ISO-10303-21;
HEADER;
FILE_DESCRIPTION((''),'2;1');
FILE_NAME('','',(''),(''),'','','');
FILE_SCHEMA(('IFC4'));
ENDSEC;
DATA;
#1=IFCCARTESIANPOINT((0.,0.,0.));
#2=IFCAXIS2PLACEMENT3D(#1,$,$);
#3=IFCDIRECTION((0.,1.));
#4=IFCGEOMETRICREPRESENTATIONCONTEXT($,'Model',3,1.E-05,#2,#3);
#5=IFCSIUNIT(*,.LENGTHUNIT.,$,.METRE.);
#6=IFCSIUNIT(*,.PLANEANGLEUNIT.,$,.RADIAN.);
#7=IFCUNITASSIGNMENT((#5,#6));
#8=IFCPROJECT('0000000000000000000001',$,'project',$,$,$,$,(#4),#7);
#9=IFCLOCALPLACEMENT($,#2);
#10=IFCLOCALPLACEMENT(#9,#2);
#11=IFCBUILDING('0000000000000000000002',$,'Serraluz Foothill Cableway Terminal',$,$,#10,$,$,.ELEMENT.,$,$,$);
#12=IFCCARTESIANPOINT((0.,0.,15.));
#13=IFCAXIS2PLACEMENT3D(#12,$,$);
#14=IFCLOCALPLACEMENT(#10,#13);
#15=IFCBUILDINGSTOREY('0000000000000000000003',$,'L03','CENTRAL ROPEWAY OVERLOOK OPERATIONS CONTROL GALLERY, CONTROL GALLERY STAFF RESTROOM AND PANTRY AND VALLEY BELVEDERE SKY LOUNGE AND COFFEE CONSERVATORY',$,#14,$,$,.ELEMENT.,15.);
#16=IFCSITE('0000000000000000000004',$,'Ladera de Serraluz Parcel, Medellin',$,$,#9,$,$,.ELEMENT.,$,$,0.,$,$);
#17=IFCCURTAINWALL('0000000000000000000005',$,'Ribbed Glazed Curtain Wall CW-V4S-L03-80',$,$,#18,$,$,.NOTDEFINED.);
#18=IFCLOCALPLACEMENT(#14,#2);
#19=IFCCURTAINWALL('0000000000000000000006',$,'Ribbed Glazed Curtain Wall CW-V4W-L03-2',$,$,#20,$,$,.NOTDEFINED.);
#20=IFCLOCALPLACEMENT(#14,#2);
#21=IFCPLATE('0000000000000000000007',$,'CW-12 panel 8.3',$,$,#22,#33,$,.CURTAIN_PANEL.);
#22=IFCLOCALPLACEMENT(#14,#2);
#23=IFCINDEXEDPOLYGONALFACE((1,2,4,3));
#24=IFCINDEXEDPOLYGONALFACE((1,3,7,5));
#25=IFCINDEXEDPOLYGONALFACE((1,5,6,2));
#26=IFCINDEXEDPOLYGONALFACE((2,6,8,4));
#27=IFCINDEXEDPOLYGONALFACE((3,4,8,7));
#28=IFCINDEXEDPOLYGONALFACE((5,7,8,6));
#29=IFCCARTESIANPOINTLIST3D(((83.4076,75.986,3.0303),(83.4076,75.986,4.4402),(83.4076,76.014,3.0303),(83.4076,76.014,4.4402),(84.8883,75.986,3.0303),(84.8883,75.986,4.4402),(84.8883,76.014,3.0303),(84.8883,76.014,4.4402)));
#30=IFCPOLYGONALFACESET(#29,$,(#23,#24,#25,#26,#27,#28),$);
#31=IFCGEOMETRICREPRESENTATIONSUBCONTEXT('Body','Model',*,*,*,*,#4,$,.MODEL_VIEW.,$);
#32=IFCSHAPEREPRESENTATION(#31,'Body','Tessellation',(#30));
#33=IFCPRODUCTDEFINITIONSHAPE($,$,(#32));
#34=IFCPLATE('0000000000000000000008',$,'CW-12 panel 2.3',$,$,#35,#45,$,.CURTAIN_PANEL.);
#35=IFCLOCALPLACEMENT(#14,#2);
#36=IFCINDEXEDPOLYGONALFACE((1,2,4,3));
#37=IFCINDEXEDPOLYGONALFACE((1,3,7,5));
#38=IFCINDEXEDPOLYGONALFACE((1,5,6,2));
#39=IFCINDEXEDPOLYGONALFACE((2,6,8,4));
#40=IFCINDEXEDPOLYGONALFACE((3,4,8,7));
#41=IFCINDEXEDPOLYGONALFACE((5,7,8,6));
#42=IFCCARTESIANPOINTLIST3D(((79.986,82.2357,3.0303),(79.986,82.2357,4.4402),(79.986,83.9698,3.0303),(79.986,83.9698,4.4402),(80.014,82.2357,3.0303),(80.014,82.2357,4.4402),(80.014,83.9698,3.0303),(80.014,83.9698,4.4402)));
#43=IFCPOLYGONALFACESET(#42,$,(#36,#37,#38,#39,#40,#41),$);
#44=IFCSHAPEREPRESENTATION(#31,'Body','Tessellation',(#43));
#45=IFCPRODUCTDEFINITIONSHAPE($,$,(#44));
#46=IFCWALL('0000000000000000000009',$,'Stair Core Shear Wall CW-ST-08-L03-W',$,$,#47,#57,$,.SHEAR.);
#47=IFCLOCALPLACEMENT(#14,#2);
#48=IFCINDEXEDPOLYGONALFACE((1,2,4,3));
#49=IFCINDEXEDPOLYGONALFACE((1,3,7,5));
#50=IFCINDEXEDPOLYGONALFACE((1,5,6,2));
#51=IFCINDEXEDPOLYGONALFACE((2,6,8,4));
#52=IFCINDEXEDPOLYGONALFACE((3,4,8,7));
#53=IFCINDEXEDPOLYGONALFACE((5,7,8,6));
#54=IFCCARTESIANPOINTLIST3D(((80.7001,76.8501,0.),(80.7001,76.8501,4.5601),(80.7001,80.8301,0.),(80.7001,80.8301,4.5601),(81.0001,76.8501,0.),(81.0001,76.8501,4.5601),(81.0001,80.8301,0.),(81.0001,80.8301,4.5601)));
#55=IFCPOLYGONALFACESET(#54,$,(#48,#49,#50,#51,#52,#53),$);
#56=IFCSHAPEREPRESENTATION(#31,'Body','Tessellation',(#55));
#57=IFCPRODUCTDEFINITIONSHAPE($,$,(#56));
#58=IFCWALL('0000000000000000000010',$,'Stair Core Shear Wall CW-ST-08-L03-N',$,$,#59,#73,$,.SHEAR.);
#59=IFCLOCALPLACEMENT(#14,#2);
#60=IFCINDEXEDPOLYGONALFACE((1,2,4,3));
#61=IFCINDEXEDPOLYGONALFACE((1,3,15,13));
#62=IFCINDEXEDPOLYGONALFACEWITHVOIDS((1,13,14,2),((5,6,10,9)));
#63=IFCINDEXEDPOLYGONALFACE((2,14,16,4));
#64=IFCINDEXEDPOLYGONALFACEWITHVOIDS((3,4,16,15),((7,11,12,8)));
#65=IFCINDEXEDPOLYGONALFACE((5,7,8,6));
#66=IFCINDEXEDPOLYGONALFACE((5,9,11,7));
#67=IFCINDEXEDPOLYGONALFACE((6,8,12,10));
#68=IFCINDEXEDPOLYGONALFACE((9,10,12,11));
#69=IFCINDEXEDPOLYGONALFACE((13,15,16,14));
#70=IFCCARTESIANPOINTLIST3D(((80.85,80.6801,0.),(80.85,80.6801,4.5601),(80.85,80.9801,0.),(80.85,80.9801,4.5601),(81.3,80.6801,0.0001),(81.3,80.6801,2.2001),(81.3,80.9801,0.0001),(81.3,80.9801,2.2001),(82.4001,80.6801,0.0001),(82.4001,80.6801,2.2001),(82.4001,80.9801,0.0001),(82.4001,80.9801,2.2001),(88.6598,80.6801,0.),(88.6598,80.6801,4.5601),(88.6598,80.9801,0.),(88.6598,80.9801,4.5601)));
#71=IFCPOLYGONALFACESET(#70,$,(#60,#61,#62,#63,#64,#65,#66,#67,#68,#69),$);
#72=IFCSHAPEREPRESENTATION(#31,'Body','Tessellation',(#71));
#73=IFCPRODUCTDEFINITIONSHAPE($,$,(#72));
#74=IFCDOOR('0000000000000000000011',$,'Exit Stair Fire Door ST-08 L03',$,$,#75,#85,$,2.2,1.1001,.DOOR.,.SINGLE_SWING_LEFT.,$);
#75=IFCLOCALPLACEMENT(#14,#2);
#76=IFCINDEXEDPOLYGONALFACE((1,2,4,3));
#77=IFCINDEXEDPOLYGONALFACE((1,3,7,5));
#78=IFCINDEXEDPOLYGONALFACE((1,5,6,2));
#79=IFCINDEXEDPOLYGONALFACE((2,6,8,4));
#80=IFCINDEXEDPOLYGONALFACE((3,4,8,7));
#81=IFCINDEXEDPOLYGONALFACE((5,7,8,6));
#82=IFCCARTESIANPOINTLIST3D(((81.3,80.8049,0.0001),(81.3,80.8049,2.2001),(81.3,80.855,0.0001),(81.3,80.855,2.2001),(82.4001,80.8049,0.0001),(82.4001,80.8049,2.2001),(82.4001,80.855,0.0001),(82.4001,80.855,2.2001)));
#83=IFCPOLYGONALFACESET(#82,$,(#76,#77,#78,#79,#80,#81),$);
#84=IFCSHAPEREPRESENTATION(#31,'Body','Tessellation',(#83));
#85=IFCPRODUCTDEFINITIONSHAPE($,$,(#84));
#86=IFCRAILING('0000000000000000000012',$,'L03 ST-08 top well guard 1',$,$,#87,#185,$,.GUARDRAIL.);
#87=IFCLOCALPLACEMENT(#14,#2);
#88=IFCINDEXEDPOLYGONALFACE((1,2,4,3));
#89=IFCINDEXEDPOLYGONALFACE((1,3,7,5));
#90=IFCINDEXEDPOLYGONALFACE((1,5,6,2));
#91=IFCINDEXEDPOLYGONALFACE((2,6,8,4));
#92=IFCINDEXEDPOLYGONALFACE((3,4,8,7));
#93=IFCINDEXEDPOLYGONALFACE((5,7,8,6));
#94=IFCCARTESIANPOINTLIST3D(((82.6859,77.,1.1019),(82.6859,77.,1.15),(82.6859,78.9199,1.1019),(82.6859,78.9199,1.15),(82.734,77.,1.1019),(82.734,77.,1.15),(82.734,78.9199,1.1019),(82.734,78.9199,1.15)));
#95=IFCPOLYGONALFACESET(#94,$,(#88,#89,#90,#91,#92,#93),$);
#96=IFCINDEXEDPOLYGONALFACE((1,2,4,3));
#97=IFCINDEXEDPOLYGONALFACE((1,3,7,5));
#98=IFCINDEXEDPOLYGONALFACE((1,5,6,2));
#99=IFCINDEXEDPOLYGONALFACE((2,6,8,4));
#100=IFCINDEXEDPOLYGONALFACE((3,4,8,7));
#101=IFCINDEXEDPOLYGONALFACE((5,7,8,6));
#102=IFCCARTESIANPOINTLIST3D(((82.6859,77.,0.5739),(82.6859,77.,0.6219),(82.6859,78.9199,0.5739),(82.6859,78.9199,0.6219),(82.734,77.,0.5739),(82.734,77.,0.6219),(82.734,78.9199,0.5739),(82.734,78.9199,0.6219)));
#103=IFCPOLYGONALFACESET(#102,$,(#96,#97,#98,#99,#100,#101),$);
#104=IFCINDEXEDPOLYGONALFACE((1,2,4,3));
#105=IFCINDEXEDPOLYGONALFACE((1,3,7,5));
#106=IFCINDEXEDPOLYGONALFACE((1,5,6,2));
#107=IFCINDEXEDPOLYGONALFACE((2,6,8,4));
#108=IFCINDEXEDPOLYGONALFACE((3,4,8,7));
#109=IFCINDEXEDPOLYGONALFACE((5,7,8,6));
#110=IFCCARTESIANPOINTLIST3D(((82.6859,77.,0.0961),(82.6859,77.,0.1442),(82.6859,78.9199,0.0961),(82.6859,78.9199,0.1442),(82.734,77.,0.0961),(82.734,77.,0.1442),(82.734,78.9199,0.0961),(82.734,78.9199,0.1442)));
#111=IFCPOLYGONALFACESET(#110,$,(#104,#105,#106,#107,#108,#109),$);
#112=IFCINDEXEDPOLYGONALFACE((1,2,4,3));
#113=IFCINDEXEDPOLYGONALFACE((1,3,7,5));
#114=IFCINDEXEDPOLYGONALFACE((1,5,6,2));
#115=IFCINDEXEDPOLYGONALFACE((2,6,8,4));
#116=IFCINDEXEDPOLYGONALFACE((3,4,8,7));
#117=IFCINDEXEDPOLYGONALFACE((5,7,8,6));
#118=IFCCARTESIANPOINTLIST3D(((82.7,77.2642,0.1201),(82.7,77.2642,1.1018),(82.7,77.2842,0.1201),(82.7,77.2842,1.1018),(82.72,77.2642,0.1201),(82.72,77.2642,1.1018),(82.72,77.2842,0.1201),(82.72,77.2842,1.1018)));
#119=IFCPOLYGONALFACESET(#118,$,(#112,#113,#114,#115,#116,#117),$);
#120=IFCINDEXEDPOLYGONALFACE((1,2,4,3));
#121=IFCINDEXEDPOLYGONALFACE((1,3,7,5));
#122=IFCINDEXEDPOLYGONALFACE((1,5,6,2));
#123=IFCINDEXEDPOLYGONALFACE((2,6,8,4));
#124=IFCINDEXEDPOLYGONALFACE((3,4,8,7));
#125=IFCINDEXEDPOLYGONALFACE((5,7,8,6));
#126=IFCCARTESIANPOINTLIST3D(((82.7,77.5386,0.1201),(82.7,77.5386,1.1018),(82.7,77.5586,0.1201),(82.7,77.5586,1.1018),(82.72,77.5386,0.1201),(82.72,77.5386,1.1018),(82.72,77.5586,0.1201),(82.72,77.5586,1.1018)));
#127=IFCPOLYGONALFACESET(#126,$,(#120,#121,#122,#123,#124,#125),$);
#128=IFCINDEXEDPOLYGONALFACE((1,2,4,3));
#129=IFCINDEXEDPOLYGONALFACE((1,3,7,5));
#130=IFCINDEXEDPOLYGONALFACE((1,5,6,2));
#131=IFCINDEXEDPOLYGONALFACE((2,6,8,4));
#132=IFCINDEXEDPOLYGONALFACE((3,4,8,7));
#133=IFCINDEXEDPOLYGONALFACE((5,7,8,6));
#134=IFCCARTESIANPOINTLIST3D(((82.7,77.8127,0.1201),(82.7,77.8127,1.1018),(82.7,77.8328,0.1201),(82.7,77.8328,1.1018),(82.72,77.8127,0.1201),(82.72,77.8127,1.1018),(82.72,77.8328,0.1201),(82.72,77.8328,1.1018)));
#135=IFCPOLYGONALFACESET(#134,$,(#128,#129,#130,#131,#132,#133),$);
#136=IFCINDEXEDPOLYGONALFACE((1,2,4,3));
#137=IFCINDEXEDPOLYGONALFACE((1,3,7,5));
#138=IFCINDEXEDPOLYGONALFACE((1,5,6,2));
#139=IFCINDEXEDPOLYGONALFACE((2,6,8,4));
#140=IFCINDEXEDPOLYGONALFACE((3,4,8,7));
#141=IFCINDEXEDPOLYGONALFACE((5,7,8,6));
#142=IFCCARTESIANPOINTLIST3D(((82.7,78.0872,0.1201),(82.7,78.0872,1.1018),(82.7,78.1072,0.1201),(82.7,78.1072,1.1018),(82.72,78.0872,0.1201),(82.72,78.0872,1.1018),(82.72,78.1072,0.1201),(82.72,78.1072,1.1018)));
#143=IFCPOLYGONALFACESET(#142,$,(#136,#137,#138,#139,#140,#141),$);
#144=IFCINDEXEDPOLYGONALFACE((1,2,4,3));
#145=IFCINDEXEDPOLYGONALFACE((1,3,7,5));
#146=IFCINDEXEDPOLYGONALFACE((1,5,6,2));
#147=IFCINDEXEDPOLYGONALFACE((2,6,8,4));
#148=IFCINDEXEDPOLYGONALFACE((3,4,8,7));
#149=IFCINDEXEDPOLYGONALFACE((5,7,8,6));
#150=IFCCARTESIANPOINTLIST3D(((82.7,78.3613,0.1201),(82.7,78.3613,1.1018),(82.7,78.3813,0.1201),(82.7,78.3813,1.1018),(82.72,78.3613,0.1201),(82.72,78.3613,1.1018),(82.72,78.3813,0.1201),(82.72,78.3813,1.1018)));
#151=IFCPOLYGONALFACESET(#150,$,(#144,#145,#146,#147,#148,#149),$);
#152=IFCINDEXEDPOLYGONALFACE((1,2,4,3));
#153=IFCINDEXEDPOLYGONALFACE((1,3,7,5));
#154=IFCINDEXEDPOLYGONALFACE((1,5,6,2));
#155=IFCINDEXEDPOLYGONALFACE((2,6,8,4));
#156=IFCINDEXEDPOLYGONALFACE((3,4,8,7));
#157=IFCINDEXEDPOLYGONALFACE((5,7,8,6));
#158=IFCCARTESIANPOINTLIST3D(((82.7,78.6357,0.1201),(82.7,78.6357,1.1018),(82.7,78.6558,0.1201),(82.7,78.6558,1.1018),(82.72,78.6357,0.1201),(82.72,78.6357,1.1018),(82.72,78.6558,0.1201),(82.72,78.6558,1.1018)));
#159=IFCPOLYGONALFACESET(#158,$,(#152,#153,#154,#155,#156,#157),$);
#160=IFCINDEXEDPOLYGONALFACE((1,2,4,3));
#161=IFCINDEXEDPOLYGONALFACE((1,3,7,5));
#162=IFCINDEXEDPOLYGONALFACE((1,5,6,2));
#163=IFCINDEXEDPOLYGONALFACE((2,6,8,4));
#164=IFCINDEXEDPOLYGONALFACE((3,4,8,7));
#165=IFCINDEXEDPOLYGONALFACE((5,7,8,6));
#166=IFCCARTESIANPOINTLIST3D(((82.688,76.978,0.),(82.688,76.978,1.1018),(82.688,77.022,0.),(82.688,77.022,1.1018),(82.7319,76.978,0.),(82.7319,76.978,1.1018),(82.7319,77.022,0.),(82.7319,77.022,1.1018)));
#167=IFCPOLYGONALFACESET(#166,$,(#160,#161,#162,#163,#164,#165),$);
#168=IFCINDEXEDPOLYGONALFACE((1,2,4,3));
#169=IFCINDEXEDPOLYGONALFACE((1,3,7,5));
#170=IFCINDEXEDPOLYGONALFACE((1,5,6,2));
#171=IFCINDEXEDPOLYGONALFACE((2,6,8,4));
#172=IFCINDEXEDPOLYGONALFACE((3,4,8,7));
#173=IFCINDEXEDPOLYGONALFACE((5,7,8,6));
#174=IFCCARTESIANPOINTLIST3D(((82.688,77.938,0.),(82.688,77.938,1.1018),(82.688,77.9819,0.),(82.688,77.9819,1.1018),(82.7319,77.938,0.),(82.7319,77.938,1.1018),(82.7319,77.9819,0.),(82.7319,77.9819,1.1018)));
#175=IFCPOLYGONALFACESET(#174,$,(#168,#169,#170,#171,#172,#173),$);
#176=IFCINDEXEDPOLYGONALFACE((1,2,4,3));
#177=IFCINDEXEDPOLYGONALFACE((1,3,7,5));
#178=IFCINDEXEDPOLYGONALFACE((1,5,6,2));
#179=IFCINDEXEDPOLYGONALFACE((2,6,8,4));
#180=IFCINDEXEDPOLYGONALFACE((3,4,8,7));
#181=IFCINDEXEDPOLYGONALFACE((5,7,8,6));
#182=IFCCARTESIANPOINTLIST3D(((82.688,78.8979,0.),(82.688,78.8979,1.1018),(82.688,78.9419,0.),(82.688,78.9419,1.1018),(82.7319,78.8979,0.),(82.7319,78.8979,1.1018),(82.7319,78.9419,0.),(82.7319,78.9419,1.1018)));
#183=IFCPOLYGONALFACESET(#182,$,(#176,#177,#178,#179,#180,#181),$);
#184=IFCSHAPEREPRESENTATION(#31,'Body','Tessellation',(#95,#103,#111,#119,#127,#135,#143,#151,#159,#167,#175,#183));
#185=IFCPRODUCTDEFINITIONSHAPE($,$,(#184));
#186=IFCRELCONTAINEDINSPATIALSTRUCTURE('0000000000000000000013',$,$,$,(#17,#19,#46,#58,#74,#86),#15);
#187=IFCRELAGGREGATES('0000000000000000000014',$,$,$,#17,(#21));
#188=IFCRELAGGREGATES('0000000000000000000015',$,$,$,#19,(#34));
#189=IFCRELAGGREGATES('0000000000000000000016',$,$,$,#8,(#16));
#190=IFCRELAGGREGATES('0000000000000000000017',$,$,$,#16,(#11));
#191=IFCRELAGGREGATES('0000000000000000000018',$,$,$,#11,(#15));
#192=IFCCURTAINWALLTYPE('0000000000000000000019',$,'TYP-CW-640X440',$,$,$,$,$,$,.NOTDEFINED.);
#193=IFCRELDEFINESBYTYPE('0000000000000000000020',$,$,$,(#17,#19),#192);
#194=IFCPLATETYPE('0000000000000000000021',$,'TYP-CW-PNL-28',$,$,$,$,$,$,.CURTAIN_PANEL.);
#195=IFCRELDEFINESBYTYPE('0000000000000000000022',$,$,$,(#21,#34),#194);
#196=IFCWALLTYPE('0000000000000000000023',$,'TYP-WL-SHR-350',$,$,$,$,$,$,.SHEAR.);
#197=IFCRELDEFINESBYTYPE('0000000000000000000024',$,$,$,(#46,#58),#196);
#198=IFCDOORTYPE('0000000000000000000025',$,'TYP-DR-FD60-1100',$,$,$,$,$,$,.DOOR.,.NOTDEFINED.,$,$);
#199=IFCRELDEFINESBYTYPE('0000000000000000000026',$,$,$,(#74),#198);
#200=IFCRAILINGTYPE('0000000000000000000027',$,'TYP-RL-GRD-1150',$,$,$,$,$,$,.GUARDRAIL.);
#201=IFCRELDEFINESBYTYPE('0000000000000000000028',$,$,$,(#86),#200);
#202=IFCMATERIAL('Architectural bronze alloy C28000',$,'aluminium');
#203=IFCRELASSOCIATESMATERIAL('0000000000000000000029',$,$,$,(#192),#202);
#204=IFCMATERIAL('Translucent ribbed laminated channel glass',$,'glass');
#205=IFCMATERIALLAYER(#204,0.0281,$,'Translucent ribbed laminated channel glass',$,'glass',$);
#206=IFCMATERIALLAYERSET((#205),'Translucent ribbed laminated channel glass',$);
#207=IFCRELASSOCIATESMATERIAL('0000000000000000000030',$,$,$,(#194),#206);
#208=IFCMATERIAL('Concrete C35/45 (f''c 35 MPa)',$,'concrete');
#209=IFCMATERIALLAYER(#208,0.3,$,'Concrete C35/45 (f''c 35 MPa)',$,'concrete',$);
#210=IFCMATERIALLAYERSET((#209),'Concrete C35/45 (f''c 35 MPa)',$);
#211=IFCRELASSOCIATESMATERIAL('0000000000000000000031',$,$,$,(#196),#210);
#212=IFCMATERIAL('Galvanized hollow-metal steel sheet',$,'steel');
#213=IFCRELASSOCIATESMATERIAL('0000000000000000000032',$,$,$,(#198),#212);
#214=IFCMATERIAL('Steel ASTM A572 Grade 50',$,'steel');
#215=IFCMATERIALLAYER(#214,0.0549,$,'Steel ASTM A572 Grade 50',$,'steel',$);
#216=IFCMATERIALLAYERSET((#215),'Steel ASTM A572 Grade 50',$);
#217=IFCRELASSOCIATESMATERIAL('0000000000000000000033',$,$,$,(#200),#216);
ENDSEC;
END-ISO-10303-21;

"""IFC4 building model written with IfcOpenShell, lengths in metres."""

from ifc_helpers import new_model, si_unit, direction, frame, frame_2d, origin, origin_2d, place, context, subcontext, project, spatial, rectangle, extrude, material, layer, layer_set, type_object, element, fill, aggregate, save


model = new_model("IFC4")

# Units and contexts
model_context = context("Model", 3, precision=1e-05, world=origin(), true_north=direction((0.0, 1.0)))
body_context = subcontext(model_context, "Body", "Model", "MODEL_VIEW")
ifc_project = project(units=[si_unit("LENGTHUNIT", "METRE"), si_unit("PLANEANGLEUNIT", "RADIAN")], contexts=[model_context])

# Site, building, storey
site_placement = place(None, origin())
site = spatial("IfcSite", under=ifc_project, at=site_placement, Name="Ladera de Serraluz Parcel, Medellin", CompositionType="ELEMENT", RefElevation=0.0)
building_placement = place(site_placement, origin())
building = spatial("IfcBuilding", under=site, at=building_placement, Name="Serraluz Foothill Cableway Terminal", CompositionType="ELEMENT")
storey_placement = place(building_placement, frame((0.0, 0.0, 15.0)))
storey = spatial("IfcBuildingStorey", under=building, at=storey_placement, Name="L03", Description="CENTRAL ROPEWAY OVERLOOK OPERATIONS CONTROL GALLERY, CONTROL GALLERY STAFF RESTROOM AND PANTRY AND VALLEY BELVEDERE SKY LOUNGE AND COFFEE CONSERVATORY", CompositionType="ELEMENT", Elevation=15.0)

# Curtain wall
ifc_material_1 = material(Name="Architectural bronze alloy C28000", Category="aluminium")
curtain_wall_type = type_object("IfcCurtainWallType", Name="TYP-CW-640X440", PredefinedType="NOTDEFINED", material=ifc_material_1)
curtain_wall_1_placement = place(storey_placement, origin())
curtain_wall_1 = element("IfcCurtainWall", 1, at=curtain_wall_1_placement, inside=storey, type_object=curtain_wall_type, Name="Ribbed Glazed Curtain Wall CW-V4S-L03-80", PredefinedType="NOTDEFINED")

# Curtain wall
curtain_wall_2_placement = place(storey_placement, origin())
curtain_wall_2 = element("IfcCurtainWall", 2, at=curtain_wall_2_placement, inside=storey, type_object=curtain_wall_type, Name="Ribbed Glazed Curtain Wall CW-V4W-L03-2", PredefinedType="NOTDEFINED")

# Plates
ifc_material_2 = material(Name="Translucent ribbed laminated channel glass", Category="glass")
ifc_layer_1 = layer(ifc_material_2, 0.0281, Name="Translucent ribbed laminated channel glass", Category="glass")
ifc_layer_set_1 = layer_set([ifc_layer_1], Name="Translucent ribbed laminated channel glass")
plate_type = type_object("IfcPlateType", Name="TYP-CW-PNL-28", PredefinedType="CURTAIN_PANEL", material=ifc_layer_set_1)
plate_1_placement = place(storey_placement, frame((84.1479, 76.0, 3.0303), z_axis=(0.0, 0.0, 1.0), x_axis=(-1.0, 0.0, 0.0)))
plate_1 = element("IfcPlate", 3, at=plate_1_placement, type_object=plate_type, Name="CW-12 panel 8.3", PredefinedType="CURTAIN_PANEL", context=body_context, shape_type="SweptSolid", body=[
    extrude(rectangle(XDim=1.4807, YDim=0.0281, at=origin_2d()), origin(), (0.0, 0.0, 1.0), 1.4099),
])
aggregate(curtain_wall_1, [plate_1])
plate_2_placement = place(storey_placement, frame((80.0, 83.1028, 3.0303), z_axis=(0.0, 0.0, 1.0), x_axis=(0.0, 1.0, 0.0)))
plate_2 = element("IfcPlate", 4, at=plate_2_placement, type_object=plate_type, Name="CW-12 panel 2.3", PredefinedType="CURTAIN_PANEL", context=body_context, shape_type="SweptSolid", body=[
    extrude(rectangle(XDim=1.7341, YDim=0.0281, at=origin_2d()), origin(), (0.0, 0.0, 1.0), 1.4099),
])
aggregate(curtain_wall_2, [plate_2])

# Wall
ifc_material_3 = material(Name="Concrete C35/45 (f'c 35 MPa)", Category="concrete")
ifc_layer_2 = layer(ifc_material_3, 0.3, Name="Concrete C35/45 (f'c 35 MPa)", Category="concrete")
ifc_layer_set_2 = layer_set([ifc_layer_2], Name="Concrete C35/45 (f'c 35 MPa)")
wall_type = type_object("IfcWallType", Name="TYP-WL-SHR-350", PredefinedType="SHEAR", material=ifc_layer_set_2)
wall_1_placement = place(storey_placement, frame((80.8501, 76.8501, 0.0), z_axis=(0.0, 0.0, 1.0), x_axis=(0.0, 1.0, 0.0)))
element("IfcWall", 5, at=wall_1_placement, inside=storey, type_object=wall_type, Name="Stair Core Shear Wall CW-ST-08-L03-W", PredefinedType="SHEAR", context=body_context, shape_type="SweptSolid", body=[
    extrude(rectangle(XDim=3.98, YDim=0.3, at=frame_2d((1.99, 0.0))), origin(), (0.0, 0.0, 1.0), 4.5601),
])

# Wall, opening, door
wall_2_placement = place(storey_placement, frame((80.8501, 80.8301, 0.0), z_axis=(0.0, 0.0, 1.0), x_axis=(1.0, 0.0, 0.0)))
wall_2 = element("IfcWall", 6, at=wall_2_placement, inside=storey, type_object=wall_type, Name="Stair Core Shear Wall CW-ST-08-L03-N", PredefinedType="SHEAR", context=body_context, shape_type="SweptSolid", body=[
    extrude(rectangle(XDim=7.8098, YDim=0.3, at=frame_2d((3.9048, 0.0))), origin(), (0.0, 0.0, 1.0), 4.5601),
])
opening_placement = place(wall_2_placement, frame((0.45, 0.0, 0.0)))
opening = element("IfcOpeningElement", 7, at=opening_placement, cuts=wall_2, PredefinedType="OPENING", context=body_context, shape_type="SweptSolid", body=[
    extrude(rectangle(XDim=1.1001, YDim=2.2, at=frame_2d((0.55, 1.1001))), frame((0.0, 0.1602, 0.0), z_axis=(0.0, -1.0, 0.0), x_axis=(1.0, 0.0, 0.0)), (0.0, 0.0, 1.0), 0.3201),
])
ifc_material_4 = material(Name="Galvanized hollow-metal steel sheet", Category="steel")
door_type = type_object("IfcDoorType", Name="TYP-DR-FD60-1100", OperationType="NOTDEFINED", PredefinedType="DOOR", material=ifc_material_4)
door_placement = place(opening_placement, origin())
door = element("IfcDoor", 8, at=door_placement, inside=storey, type_object=door_type, Name="Exit Stair Fire Door ST-08 L03", OperationType="SINGLE_SWING_LEFT", OverallHeight=2.2, OverallWidth=1.1001, PredefinedType="DOOR", context=body_context, shape_type="SweptSolid", body=[
    extrude(rectangle(XDim=1.1001, YDim=2.2, at=frame_2d((0.55, 1.1001))), frame((0.0, 0.0249, 0.0), z_axis=(0.0, -1.0, 0.0), x_axis=(1.0, 0.0, 0.0)), (0.0, 0.0, 1.0), 0.05),
])
fill(opening, door)

# Railing
ifc_material_5 = material(Name="Steel ASTM A572 Grade 50", Category="steel")
ifc_layer_3 = layer(ifc_material_5, 0.0549, Name="Steel ASTM A572 Grade 50", Category="steel")
ifc_layer_set_3 = layer_set([ifc_layer_3], Name="Steel ASTM A572 Grade 50")
railing_type = type_object("IfcRailingType", Name="TYP-RL-GRD-1150", PredefinedType="GUARDRAIL", material=ifc_layer_set_3)
railing_placement = place(storey_placement, frame((82.71, 77.0, 0.0)))
element("IfcRailing", 9, at=railing_placement, inside=storey, type_object=railing_type, Name="L03 ST-08 top well guard 1", PredefinedType="GUARDRAIL", context=body_context, shape_type="SweptSolid", body=[
    extrude(rectangle(XDim=0.0481, YDim=0.0481, at=origin_2d()), frame((0.0, 0.0, 1.126), z_axis=(0.0, 1.0, 0.0), x_axis=(-1.0, 0.0, 0.0)), (0.0, 0.0, 1.0), 1.9199),
    extrude(rectangle(XDim=0.0481, YDim=0.0481, at=origin_2d()), frame((0.0, 0.0, 0.5979), z_axis=(0.0, 1.0, 0.0), x_axis=(-1.0, 0.0, 0.0)), (0.0, 0.0, 1.0), 1.9199),
    extrude(rectangle(XDim=0.0481, YDim=0.0481, at=origin_2d()), frame((0.0, 0.0, 0.1201), z_axis=(0.0, 1.0, 0.0), x_axis=(-1.0, 0.0, 0.0)), (0.0, 0.0, 1.0), 1.9199),
    extrude(rectangle(XDim=0.02, YDim=0.02, at=origin_2d()), frame((0.0, 0.2742, 0.1201)), (0.0, 0.0, 1.0), 0.9817),
    extrude(rectangle(XDim=0.02, YDim=0.02, at=origin_2d()), frame((0.0, 0.5486, 0.1201)), (0.0, 0.0, 1.0), 0.9817),
    extrude(rectangle(XDim=0.02, YDim=0.02, at=origin_2d()), frame((0.0, 0.8228, 0.1201)), (0.0, 0.0, 1.0), 0.9817),
    extrude(rectangle(XDim=0.02, YDim=0.02, at=origin_2d()), frame((0.0, 1.0972, 0.1201)), (0.0, 0.0, 1.0), 0.9817),
    extrude(rectangle(XDim=0.02, YDim=0.02, at=origin_2d()), frame((0.0, 1.3713, 0.1201)), (0.0, 0.0, 1.0), 0.9817),
    extrude(rectangle(XDim=0.02, YDim=0.02, at=origin_2d()), frame((0.0, 1.6458, 0.1201)), (0.0, 0.0, 1.0), 0.9817),
    extrude(rectangle(XDim=0.0439, YDim=0.0439, at=origin_2d()), origin(), (0.0, 0.0, 1.0), 1.1018),
    extrude(rectangle(XDim=0.0439, YDim=0.0439, at=origin_2d()), frame((0.0, 0.96, 0.0)), (0.0, 0.0, 1.0), 1.1018),
    extrude(rectangle(XDim=0.0439, YDim=0.0439, at=origin_2d()), frame((0.0, 1.9199, 0.0)), (0.0, 0.0, 1.0), 1.1018),
])

save(model, "model.ifc")
